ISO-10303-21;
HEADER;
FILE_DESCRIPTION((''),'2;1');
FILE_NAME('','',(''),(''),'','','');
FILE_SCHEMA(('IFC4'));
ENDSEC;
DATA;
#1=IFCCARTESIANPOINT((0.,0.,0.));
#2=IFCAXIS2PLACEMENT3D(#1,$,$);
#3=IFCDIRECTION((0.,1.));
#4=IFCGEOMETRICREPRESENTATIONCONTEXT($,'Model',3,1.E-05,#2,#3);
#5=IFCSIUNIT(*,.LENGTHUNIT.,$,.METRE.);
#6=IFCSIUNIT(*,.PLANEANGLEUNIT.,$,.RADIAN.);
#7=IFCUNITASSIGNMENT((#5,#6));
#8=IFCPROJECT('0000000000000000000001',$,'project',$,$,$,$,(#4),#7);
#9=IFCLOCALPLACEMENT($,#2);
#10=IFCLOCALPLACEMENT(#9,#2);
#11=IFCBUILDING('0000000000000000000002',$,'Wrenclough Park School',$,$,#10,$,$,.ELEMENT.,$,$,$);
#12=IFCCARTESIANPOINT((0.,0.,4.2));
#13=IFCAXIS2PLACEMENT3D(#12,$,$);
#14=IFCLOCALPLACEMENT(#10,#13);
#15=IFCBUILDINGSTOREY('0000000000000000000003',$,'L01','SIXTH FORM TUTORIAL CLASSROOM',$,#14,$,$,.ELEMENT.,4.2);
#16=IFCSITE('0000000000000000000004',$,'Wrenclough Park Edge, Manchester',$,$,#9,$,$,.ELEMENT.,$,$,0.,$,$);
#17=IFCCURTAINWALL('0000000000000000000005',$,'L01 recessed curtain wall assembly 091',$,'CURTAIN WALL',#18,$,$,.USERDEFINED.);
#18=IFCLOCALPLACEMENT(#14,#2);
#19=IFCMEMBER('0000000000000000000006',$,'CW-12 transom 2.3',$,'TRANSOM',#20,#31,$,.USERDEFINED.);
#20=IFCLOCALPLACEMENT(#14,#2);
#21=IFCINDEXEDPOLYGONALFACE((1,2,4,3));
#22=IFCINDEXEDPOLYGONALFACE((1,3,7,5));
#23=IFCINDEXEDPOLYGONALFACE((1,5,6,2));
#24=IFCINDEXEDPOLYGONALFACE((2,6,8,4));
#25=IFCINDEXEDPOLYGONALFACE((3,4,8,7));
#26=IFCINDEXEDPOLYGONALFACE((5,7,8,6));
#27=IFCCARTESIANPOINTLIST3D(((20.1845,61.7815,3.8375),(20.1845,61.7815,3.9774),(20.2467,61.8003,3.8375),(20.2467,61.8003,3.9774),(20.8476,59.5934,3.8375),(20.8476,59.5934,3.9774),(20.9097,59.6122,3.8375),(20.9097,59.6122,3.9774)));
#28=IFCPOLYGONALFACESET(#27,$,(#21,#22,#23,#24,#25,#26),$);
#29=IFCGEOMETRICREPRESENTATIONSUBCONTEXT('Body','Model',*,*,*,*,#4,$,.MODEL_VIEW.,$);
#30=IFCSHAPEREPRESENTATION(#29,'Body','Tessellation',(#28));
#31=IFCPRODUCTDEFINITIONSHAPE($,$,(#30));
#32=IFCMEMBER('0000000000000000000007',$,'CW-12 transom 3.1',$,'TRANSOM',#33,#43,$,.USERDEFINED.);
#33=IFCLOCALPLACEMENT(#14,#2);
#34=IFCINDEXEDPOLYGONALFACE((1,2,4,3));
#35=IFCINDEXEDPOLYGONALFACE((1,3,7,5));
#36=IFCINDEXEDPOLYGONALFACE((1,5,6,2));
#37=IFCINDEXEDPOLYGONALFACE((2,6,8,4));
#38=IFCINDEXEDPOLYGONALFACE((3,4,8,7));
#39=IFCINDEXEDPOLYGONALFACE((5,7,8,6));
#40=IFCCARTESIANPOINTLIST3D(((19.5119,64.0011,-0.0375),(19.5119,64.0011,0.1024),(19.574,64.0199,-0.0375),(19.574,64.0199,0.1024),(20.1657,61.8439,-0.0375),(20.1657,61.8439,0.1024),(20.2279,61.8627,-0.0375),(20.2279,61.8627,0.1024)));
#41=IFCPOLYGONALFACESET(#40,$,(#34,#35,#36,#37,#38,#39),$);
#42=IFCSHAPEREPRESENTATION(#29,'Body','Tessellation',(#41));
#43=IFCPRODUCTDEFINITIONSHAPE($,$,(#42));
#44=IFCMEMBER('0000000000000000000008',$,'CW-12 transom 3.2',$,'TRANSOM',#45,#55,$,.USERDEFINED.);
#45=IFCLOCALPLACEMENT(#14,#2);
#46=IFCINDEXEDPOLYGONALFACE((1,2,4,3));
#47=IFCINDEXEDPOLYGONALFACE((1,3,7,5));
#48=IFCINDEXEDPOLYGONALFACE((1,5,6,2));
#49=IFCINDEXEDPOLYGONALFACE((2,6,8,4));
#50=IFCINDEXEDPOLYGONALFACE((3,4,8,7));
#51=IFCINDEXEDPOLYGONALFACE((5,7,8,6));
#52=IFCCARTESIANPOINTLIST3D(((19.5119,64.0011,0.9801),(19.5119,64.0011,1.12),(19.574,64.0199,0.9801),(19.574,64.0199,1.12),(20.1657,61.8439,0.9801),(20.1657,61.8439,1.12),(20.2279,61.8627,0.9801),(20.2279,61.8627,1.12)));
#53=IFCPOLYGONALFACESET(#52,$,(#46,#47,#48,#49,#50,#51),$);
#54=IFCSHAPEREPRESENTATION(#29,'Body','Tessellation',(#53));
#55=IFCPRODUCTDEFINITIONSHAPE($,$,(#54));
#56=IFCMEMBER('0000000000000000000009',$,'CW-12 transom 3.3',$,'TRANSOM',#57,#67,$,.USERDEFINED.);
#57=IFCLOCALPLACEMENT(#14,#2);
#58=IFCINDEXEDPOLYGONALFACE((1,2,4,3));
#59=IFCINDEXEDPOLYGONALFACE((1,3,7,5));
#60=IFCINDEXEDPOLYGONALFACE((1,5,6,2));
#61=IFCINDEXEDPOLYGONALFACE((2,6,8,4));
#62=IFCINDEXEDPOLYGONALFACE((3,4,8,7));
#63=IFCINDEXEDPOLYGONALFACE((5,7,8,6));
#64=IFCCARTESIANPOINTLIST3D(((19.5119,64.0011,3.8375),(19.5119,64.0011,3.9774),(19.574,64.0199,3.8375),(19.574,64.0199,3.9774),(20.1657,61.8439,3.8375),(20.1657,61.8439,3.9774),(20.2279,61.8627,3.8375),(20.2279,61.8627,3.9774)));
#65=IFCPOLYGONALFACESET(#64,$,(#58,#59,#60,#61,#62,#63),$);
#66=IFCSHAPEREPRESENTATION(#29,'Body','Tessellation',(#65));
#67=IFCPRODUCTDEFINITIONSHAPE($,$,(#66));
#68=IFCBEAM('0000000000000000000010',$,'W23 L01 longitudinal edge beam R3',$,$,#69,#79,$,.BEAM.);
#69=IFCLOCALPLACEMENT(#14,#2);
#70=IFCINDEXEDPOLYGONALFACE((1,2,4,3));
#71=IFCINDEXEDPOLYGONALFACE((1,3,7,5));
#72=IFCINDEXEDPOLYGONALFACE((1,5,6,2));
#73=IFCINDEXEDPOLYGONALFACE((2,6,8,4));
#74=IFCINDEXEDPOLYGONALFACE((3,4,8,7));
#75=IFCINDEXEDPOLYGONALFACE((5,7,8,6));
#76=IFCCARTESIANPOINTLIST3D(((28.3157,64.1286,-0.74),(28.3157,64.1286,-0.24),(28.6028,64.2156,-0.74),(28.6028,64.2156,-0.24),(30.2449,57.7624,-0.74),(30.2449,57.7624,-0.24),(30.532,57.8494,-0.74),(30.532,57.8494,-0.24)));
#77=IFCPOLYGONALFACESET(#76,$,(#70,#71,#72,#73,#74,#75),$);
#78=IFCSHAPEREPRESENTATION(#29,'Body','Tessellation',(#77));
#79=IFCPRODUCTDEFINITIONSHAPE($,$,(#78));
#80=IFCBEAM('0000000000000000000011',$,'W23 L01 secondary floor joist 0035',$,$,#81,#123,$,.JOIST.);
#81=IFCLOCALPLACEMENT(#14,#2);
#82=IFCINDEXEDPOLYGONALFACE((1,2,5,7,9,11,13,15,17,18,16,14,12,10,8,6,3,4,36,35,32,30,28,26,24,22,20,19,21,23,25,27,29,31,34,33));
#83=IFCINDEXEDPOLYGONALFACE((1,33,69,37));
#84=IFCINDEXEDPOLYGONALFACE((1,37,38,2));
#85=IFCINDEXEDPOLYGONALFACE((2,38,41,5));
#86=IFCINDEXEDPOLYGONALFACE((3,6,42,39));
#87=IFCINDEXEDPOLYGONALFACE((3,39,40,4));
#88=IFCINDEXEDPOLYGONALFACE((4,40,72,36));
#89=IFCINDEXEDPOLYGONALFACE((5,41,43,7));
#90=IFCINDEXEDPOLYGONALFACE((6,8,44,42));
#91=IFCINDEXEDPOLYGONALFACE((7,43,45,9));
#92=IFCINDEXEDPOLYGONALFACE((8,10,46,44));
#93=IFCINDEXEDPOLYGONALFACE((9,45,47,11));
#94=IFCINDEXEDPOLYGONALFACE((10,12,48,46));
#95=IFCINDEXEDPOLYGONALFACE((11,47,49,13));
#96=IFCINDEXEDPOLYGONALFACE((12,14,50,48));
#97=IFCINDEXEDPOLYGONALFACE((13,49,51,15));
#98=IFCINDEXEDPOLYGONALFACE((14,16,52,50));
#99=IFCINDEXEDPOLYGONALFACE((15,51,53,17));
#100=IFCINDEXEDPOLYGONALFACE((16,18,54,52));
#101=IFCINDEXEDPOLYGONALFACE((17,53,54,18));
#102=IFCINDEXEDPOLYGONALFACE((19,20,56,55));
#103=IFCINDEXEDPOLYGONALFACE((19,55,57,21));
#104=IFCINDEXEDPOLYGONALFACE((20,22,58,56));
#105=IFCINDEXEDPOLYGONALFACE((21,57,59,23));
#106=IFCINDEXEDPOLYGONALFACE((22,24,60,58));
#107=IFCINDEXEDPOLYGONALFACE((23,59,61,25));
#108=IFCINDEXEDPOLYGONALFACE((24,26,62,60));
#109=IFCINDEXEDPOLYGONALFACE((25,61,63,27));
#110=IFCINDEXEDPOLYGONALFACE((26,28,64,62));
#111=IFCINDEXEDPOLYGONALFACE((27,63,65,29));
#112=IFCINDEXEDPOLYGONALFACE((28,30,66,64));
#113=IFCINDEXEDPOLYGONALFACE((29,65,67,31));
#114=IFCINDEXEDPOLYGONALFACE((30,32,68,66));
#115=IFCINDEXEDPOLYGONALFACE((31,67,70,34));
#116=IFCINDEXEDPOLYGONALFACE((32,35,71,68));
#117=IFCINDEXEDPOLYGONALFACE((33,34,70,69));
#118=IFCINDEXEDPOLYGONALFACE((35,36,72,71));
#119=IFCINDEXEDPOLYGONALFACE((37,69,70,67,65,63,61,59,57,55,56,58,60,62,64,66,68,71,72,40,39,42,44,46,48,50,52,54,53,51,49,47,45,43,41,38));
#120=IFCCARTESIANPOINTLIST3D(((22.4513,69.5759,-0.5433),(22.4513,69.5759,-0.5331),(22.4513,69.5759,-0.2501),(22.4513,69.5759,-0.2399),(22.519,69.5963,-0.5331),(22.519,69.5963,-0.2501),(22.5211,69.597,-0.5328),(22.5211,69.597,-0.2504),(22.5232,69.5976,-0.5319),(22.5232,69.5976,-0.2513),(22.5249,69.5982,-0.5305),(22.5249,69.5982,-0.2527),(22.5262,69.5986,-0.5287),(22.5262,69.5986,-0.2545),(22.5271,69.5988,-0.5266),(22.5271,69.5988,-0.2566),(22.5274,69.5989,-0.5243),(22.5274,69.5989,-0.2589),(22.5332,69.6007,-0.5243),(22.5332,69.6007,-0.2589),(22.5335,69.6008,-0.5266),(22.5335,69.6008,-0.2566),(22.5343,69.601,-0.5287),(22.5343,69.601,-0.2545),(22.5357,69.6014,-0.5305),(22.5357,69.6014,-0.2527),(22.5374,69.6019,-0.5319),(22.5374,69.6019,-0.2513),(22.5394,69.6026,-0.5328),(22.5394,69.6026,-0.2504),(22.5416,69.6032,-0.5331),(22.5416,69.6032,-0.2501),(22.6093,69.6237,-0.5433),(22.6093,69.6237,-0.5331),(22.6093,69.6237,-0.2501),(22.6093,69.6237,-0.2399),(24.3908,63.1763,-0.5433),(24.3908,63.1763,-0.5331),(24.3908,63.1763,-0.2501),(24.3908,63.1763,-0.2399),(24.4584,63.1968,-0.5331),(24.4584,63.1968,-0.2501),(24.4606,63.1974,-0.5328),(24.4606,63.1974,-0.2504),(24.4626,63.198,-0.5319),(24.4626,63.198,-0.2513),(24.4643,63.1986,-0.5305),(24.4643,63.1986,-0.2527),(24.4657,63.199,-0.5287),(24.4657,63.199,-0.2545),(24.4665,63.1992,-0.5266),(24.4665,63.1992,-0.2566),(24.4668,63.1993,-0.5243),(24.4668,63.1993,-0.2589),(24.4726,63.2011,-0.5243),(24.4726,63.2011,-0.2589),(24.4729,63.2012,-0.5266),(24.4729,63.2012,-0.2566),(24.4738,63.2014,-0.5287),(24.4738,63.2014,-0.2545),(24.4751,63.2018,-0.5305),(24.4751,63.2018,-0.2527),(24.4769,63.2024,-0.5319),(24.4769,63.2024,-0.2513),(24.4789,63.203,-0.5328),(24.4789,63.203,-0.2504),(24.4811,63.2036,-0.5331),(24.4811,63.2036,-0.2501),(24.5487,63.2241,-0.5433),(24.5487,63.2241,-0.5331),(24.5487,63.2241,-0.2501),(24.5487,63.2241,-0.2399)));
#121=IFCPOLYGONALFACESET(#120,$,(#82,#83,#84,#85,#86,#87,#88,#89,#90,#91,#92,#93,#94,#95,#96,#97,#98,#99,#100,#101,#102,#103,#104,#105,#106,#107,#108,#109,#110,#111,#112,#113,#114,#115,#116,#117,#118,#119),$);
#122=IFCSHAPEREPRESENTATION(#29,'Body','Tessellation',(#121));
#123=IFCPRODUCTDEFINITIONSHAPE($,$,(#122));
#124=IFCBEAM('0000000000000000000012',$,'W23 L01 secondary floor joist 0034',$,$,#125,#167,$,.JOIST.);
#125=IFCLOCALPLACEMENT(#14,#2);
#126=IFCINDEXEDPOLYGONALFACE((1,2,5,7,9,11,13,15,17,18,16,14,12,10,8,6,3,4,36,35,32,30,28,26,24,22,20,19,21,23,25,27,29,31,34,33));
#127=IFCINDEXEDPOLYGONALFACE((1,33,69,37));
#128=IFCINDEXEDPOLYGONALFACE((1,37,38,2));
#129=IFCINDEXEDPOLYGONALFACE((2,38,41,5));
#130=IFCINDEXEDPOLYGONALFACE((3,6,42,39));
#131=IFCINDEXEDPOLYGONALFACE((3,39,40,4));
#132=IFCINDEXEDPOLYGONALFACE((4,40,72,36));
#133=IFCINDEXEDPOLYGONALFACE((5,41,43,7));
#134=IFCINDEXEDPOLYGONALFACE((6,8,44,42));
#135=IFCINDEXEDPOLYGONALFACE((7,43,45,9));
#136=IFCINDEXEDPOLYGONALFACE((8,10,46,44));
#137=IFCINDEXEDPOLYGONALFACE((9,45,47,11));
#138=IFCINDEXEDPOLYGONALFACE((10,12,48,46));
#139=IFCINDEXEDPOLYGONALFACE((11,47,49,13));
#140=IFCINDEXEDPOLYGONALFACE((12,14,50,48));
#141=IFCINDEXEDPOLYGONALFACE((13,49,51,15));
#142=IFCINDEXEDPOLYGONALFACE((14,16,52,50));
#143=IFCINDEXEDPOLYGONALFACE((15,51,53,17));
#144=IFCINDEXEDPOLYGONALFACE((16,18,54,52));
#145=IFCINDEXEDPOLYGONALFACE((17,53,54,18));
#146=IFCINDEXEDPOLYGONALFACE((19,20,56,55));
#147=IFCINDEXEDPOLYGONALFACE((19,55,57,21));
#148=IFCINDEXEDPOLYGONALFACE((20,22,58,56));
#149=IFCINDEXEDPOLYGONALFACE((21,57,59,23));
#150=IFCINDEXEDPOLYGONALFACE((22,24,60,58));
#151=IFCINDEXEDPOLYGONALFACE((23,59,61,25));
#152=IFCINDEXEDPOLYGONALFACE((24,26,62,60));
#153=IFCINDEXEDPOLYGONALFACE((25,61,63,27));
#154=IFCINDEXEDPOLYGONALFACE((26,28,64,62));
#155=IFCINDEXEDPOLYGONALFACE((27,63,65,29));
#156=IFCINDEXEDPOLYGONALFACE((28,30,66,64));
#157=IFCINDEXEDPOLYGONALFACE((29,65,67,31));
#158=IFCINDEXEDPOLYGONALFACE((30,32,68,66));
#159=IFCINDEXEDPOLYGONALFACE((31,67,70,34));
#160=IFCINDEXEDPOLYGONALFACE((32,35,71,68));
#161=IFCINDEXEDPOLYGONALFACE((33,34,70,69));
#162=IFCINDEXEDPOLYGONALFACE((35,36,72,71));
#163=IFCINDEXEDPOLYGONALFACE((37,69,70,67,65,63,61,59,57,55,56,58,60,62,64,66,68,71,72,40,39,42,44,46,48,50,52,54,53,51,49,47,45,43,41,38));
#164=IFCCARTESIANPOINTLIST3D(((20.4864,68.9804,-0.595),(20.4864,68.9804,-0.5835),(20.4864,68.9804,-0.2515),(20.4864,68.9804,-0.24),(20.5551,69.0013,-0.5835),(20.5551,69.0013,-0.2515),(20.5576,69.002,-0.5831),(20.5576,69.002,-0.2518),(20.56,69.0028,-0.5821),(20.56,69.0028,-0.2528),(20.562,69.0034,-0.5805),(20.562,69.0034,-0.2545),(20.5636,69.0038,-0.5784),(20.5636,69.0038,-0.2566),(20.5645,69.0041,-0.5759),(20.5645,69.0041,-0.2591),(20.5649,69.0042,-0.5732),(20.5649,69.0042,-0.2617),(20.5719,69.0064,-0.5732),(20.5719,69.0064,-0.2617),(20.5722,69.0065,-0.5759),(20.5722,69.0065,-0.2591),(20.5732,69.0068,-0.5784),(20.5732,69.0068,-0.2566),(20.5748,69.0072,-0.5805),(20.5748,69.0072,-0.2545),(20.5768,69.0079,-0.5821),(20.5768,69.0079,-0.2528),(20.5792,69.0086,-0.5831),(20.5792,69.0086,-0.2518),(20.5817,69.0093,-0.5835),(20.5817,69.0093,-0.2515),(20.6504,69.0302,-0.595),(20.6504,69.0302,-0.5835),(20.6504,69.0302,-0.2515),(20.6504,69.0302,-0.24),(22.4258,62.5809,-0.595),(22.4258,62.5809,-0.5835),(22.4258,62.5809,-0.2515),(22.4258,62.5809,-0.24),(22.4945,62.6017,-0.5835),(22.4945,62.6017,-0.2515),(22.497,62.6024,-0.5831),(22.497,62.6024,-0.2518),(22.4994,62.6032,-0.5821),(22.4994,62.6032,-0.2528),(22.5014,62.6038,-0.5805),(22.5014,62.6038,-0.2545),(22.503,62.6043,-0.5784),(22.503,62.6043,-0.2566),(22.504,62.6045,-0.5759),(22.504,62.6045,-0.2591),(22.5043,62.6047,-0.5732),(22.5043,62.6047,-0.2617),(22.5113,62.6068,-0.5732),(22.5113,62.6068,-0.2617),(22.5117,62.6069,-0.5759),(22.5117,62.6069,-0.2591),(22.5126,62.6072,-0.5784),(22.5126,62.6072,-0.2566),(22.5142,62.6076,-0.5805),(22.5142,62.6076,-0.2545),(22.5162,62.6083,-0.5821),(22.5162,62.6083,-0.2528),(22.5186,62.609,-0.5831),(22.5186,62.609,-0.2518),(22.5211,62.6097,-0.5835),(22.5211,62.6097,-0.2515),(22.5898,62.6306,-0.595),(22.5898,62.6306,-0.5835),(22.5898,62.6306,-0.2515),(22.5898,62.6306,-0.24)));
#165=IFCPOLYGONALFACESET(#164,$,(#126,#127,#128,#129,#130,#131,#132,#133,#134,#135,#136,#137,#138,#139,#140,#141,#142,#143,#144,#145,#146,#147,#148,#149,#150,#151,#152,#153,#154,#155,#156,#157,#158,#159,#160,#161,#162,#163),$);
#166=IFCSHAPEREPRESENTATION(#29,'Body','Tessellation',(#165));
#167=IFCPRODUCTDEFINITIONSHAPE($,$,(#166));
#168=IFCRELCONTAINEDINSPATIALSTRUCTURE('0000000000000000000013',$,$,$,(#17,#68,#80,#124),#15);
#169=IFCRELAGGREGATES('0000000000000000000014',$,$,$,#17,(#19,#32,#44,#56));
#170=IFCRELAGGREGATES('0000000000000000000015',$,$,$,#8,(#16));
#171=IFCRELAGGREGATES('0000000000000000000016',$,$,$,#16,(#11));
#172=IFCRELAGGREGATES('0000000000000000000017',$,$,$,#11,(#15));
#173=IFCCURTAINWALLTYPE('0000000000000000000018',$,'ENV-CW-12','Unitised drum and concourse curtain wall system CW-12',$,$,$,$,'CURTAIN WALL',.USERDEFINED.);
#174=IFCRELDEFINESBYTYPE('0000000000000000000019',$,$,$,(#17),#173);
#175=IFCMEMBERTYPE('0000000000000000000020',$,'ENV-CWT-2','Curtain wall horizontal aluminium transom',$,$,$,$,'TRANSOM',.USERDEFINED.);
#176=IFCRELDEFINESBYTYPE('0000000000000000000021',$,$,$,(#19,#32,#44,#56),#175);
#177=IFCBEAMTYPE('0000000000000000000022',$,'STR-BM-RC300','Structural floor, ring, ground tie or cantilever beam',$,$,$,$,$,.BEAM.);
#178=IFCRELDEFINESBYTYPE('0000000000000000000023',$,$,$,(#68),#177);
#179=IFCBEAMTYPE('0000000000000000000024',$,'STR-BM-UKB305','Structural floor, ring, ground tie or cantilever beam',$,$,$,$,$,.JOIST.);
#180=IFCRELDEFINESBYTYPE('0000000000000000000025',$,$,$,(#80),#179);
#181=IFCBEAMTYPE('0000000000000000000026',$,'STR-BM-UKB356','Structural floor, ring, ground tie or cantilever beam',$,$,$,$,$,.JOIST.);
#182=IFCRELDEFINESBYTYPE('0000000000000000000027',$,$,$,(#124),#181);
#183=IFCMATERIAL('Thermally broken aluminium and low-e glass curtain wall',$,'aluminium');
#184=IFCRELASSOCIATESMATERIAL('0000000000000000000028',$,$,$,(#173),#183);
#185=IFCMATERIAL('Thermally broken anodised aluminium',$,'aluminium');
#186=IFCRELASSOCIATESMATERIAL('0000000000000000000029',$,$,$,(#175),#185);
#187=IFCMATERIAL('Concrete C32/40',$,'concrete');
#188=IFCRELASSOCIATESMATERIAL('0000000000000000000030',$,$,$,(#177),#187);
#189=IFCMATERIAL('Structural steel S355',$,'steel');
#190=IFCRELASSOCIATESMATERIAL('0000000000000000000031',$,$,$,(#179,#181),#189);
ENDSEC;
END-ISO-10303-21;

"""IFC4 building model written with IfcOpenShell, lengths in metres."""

from ifc_helpers import new_model, si_unit, direction, frame, origin, origin_2d, place, context, subcontext, project, spatial, rectangle, i_section, extrude, material, material_profile, profile_set, type_object, element, aggregate, save


model = new_model("IFC4")

# Units and contexts
model_context = context("Model", 3, precision=1e-05, world=origin(), true_north=direction((0.0, 1.0)))
body_context = subcontext(model_context, "Body", "Model", "MODEL_VIEW")
ifc_project = project(units=[si_unit("LENGTHUNIT", "METRE"), si_unit("PLANEANGLEUNIT", "RADIAN")], contexts=[model_context])

# Site, building, storey
site_placement = place(None, origin())
site = spatial("IfcSite", under=ifc_project, at=site_placement, Name="Wrenclough Park Edge, Manchester", CompositionType="ELEMENT", RefElevation=0.0)
building_placement = place(site_placement, origin())
building = spatial("IfcBuilding", under=site, at=building_placement, Name="Wrenclough Park School", CompositionType="ELEMENT")
storey_placement = place(building_placement, frame((0.0, 0.0, 4.2)))
storey = spatial("IfcBuildingStorey", under=building, at=storey_placement, Name="L01", Description="SIXTH FORM TUTORIAL CLASSROOM", CompositionType="ELEMENT", Elevation=4.2)

# Shared definitions
ifc_material_1 = material(Name="Structural steel S355", Category="steel")

# Curtain wall, members
ifc_material_2 = material(Name="Thermally broken aluminium and low-e glass curtain wall", Category="aluminium")
curtain_wall_type = type_object("IfcCurtainWallType", Name="ENV-CW-12", Description="Unitised drum and concourse curtain wall system CW-12", ElementType="CURTAIN WALL", PredefinedType="USERDEFINED", material=ifc_material_2)
curtain_wall_placement = place(storey_placement, origin())
curtain_wall = element("IfcCurtainWall", 1, at=curtain_wall_placement, inside=storey, type_object=curtain_wall_type, Name="L01 recessed curtain wall assembly 091", ObjectType="CURTAIN WALL", PredefinedType="USERDEFINED")
ifc_material_3 = material(Name="Thermally broken anodised aluminium", Category="aluminium")
ifc_material_profile_1 = material_profile(ifc_material_3, rectangle(XDim=0.0649, YDim=0.1399, at=origin_2d()), Name="AL TRANSOM 65x140")
ifc_profile_set_1 = profile_set([ifc_material_profile_1], Name="Thermally broken anodised aluminium")
member_type_1 = type_object("IfcMemberType", Name="ENV-CWT-2", Description="Curtain wall horizontal aluminium transom", ElementType="TRANSOM", PredefinedType="USERDEFINED", material=ifc_profile_set_1)
member_1_placement = place(storey_placement, frame((20.8787, 59.6028, 3.9075), z_axis=(-0.290001, 0.957026, 0.0), x_axis=(-0.957026, -0.290001, 0.0)))
member_1 = element("IfcMember", 2, at=member_1_placement, type_object=member_type_1, Name="CW-12 transom 2.3", ObjectType="TRANSOM", PredefinedType="USERDEFINED", context=body_context, shape_type="SweptSolid", body=[
    extrude(rectangle(XDim=0.0649, YDim=0.1399, at=origin_2d()), origin(), (0.0, 0.0, 1.0), 2.2864),
])
member_2_placement = place(storey_placement, frame((20.1968, 61.8533, 0.0325), z_axis=(-0.290049, 0.957012, 0.0), x_axis=(-0.957012, -0.290049, 0.0)))
member_2 = element("IfcMember", 3, at=member_2_placement, type_object=member_type_1, Name="CW-12 transom 3.1", ObjectType="TRANSOM", PredefinedType="USERDEFINED", context=body_context, shape_type="SweptSolid", body=[
    extrude(rectangle(XDim=0.0649, YDim=0.1399, at=origin_2d()), origin(), (0.0, 0.0, 1.0), 2.2542),
])
member_3_placement = place(storey_placement, frame((20.1968, 61.8533, 1.05), z_axis=(-0.290049, 0.957012, 0.0), x_axis=(-0.957012, -0.290049, 0.0)))
member_3 = element("IfcMember", 4, at=member_3_placement, type_object=member_type_1, Name="CW-12 transom 3.2", ObjectType="TRANSOM", PredefinedType="USERDEFINED", context=body_context, shape_type="SweptSolid", body=[
    extrude(rectangle(XDim=0.0649, YDim=0.1399, at=origin_2d()), origin(), (0.0, 0.0, 1.0), 2.2542),
])
member_4_placement = place(storey_placement, frame((20.1968, 61.8533, 3.9075), z_axis=(-0.290049, 0.957012, 0.0), x_axis=(-0.957012, -0.290049, 0.0)))
member_4 = element("IfcMember", 5, at=member_4_placement, type_object=member_type_1, Name="CW-12 transom 3.3", ObjectType="TRANSOM", PredefinedType="USERDEFINED", context=body_context, shape_type="SweptSolid", body=[
    extrude(rectangle(XDim=0.0649, YDim=0.1399, at=origin_2d()), origin(), (0.0, 0.0, 1.0), 2.2542),
])

# Beams
ifc_material_4 = material(Name="Concrete C32/40", Category="concrete")
ifc_material_profile_2 = material_profile(ifc_material_4, rectangle(XDim=0.3, YDim=0.5, at=origin_2d()), Name="RC BEAM 300x500")
ifc_profile_set_2 = profile_set([ifc_material_profile_2], Name="Concrete C32/40")
beam_type_1 = type_object("IfcBeamType", Name="STR-BM-RC300", Description="Structural floor, ring, ground tie or cantilever beam", PredefinedType="BEAM", material=ifc_profile_set_2)
beam_1_placement = place(storey_placement, frame((30.3884, 57.8059, -0.49), z_axis=(-0.290014, 0.957023, 0.0), x_axis=(-0.957023, -0.290014, 0.0)))
element("IfcBeam", 6, at=beam_1_placement, inside=storey, type_object=beam_type_1, Name="W23 L01 longitudinal edge beam R3", PredefinedType="BEAM", context=body_context, shape_type="SweptSolid", body=[
    extrude(rectangle(XDim=0.3, YDim=0.5, at=origin_2d()), origin(), (0.0, 0.0, 1.0), 6.6521),
])
ifc_material_profile_3 = material_profile(ifc_material_1, i_section(OverallWidth=0.165, OverallDepth=0.3035, WebThickness=0.0061, FlangeThickness=0.0103, FilletRadius=0.0088, at=origin_2d()), Name="UKB 305x165x40")
ifc_profile_set_3 = profile_set([ifc_material_profile_3], Name="Structural steel S355")
beam_type_2 = type_object("IfcBeamType", Name="STR-BM-UKB305", Description="Structural floor, ring, ground tie or cantilever beam", PredefinedType="JOIST", material=ifc_profile_set_3)
beam_2_placement = place(storey_placement, frame((24.4697, 63.2002, -0.3916), z_axis=(-0.29003, 0.957018, 0.0), x_axis=(-0.957018, -0.29003, 0.0)))
element("IfcBeam", 7, at=beam_2_placement, inside=storey, type_object=beam_type_2, Name="W23 L01 secondary floor joist 0035", PredefinedType="JOIST", context=body_context, shape_type="SweptSolid", body=[
    extrude(i_section(OverallWidth=0.165, OverallDepth=0.3035, WebThickness=0.0061, FlangeThickness=0.0103, FilletRadius=0.0088, at=origin_2d()), origin(), (0.0, 0.0, 1.0), 6.687),
])
ifc_material_profile_4 = material_profile(ifc_material_1, i_section(OverallWidth=0.1714, OverallDepth=0.355, WebThickness=0.0073, FlangeThickness=0.0115, FilletRadius=0.0103, at=origin_2d()), Name="UKB 356x171x51")
ifc_profile_set_4 = profile_set([ifc_material_profile_4], Name="Structural steel S355")
beam_type_3 = type_object("IfcBeamType", Name="STR-BM-UKB356", Description="Structural floor, ring, ground tie or cantilever beam", PredefinedType="JOIST", material=ifc_profile_set_4)
for number, where, z_axis, x_axis, name in (
    (8, (22.5078, 62.6057, -0.4175), (-0.29003, 0.957018, 0.0), (-0.957018, -0.29003, 0.0), "W23 L01 secondary floor joist 0034"),
):
    element("IfcBeam", number, at=place(storey_placement, frame(where, z_axis=z_axis, x_axis=x_axis)), inside=storey, type_object=beam_type_3, Name=name, PredefinedType="JOIST", context=body_context, shape_type="SweptSolid", body=[
        extrude(i_section(OverallWidth=0.1714, OverallDepth=0.355, WebThickness=0.0073, FlangeThickness=0.0115, FilletRadius=0.0103, at=origin_2d()), origin(), (0.0, 0.0, 1.0), 6.687),
    ])

aggregate(curtain_wall, [member_1, member_2, member_3, member_4])

save(model, "model.ifc")
